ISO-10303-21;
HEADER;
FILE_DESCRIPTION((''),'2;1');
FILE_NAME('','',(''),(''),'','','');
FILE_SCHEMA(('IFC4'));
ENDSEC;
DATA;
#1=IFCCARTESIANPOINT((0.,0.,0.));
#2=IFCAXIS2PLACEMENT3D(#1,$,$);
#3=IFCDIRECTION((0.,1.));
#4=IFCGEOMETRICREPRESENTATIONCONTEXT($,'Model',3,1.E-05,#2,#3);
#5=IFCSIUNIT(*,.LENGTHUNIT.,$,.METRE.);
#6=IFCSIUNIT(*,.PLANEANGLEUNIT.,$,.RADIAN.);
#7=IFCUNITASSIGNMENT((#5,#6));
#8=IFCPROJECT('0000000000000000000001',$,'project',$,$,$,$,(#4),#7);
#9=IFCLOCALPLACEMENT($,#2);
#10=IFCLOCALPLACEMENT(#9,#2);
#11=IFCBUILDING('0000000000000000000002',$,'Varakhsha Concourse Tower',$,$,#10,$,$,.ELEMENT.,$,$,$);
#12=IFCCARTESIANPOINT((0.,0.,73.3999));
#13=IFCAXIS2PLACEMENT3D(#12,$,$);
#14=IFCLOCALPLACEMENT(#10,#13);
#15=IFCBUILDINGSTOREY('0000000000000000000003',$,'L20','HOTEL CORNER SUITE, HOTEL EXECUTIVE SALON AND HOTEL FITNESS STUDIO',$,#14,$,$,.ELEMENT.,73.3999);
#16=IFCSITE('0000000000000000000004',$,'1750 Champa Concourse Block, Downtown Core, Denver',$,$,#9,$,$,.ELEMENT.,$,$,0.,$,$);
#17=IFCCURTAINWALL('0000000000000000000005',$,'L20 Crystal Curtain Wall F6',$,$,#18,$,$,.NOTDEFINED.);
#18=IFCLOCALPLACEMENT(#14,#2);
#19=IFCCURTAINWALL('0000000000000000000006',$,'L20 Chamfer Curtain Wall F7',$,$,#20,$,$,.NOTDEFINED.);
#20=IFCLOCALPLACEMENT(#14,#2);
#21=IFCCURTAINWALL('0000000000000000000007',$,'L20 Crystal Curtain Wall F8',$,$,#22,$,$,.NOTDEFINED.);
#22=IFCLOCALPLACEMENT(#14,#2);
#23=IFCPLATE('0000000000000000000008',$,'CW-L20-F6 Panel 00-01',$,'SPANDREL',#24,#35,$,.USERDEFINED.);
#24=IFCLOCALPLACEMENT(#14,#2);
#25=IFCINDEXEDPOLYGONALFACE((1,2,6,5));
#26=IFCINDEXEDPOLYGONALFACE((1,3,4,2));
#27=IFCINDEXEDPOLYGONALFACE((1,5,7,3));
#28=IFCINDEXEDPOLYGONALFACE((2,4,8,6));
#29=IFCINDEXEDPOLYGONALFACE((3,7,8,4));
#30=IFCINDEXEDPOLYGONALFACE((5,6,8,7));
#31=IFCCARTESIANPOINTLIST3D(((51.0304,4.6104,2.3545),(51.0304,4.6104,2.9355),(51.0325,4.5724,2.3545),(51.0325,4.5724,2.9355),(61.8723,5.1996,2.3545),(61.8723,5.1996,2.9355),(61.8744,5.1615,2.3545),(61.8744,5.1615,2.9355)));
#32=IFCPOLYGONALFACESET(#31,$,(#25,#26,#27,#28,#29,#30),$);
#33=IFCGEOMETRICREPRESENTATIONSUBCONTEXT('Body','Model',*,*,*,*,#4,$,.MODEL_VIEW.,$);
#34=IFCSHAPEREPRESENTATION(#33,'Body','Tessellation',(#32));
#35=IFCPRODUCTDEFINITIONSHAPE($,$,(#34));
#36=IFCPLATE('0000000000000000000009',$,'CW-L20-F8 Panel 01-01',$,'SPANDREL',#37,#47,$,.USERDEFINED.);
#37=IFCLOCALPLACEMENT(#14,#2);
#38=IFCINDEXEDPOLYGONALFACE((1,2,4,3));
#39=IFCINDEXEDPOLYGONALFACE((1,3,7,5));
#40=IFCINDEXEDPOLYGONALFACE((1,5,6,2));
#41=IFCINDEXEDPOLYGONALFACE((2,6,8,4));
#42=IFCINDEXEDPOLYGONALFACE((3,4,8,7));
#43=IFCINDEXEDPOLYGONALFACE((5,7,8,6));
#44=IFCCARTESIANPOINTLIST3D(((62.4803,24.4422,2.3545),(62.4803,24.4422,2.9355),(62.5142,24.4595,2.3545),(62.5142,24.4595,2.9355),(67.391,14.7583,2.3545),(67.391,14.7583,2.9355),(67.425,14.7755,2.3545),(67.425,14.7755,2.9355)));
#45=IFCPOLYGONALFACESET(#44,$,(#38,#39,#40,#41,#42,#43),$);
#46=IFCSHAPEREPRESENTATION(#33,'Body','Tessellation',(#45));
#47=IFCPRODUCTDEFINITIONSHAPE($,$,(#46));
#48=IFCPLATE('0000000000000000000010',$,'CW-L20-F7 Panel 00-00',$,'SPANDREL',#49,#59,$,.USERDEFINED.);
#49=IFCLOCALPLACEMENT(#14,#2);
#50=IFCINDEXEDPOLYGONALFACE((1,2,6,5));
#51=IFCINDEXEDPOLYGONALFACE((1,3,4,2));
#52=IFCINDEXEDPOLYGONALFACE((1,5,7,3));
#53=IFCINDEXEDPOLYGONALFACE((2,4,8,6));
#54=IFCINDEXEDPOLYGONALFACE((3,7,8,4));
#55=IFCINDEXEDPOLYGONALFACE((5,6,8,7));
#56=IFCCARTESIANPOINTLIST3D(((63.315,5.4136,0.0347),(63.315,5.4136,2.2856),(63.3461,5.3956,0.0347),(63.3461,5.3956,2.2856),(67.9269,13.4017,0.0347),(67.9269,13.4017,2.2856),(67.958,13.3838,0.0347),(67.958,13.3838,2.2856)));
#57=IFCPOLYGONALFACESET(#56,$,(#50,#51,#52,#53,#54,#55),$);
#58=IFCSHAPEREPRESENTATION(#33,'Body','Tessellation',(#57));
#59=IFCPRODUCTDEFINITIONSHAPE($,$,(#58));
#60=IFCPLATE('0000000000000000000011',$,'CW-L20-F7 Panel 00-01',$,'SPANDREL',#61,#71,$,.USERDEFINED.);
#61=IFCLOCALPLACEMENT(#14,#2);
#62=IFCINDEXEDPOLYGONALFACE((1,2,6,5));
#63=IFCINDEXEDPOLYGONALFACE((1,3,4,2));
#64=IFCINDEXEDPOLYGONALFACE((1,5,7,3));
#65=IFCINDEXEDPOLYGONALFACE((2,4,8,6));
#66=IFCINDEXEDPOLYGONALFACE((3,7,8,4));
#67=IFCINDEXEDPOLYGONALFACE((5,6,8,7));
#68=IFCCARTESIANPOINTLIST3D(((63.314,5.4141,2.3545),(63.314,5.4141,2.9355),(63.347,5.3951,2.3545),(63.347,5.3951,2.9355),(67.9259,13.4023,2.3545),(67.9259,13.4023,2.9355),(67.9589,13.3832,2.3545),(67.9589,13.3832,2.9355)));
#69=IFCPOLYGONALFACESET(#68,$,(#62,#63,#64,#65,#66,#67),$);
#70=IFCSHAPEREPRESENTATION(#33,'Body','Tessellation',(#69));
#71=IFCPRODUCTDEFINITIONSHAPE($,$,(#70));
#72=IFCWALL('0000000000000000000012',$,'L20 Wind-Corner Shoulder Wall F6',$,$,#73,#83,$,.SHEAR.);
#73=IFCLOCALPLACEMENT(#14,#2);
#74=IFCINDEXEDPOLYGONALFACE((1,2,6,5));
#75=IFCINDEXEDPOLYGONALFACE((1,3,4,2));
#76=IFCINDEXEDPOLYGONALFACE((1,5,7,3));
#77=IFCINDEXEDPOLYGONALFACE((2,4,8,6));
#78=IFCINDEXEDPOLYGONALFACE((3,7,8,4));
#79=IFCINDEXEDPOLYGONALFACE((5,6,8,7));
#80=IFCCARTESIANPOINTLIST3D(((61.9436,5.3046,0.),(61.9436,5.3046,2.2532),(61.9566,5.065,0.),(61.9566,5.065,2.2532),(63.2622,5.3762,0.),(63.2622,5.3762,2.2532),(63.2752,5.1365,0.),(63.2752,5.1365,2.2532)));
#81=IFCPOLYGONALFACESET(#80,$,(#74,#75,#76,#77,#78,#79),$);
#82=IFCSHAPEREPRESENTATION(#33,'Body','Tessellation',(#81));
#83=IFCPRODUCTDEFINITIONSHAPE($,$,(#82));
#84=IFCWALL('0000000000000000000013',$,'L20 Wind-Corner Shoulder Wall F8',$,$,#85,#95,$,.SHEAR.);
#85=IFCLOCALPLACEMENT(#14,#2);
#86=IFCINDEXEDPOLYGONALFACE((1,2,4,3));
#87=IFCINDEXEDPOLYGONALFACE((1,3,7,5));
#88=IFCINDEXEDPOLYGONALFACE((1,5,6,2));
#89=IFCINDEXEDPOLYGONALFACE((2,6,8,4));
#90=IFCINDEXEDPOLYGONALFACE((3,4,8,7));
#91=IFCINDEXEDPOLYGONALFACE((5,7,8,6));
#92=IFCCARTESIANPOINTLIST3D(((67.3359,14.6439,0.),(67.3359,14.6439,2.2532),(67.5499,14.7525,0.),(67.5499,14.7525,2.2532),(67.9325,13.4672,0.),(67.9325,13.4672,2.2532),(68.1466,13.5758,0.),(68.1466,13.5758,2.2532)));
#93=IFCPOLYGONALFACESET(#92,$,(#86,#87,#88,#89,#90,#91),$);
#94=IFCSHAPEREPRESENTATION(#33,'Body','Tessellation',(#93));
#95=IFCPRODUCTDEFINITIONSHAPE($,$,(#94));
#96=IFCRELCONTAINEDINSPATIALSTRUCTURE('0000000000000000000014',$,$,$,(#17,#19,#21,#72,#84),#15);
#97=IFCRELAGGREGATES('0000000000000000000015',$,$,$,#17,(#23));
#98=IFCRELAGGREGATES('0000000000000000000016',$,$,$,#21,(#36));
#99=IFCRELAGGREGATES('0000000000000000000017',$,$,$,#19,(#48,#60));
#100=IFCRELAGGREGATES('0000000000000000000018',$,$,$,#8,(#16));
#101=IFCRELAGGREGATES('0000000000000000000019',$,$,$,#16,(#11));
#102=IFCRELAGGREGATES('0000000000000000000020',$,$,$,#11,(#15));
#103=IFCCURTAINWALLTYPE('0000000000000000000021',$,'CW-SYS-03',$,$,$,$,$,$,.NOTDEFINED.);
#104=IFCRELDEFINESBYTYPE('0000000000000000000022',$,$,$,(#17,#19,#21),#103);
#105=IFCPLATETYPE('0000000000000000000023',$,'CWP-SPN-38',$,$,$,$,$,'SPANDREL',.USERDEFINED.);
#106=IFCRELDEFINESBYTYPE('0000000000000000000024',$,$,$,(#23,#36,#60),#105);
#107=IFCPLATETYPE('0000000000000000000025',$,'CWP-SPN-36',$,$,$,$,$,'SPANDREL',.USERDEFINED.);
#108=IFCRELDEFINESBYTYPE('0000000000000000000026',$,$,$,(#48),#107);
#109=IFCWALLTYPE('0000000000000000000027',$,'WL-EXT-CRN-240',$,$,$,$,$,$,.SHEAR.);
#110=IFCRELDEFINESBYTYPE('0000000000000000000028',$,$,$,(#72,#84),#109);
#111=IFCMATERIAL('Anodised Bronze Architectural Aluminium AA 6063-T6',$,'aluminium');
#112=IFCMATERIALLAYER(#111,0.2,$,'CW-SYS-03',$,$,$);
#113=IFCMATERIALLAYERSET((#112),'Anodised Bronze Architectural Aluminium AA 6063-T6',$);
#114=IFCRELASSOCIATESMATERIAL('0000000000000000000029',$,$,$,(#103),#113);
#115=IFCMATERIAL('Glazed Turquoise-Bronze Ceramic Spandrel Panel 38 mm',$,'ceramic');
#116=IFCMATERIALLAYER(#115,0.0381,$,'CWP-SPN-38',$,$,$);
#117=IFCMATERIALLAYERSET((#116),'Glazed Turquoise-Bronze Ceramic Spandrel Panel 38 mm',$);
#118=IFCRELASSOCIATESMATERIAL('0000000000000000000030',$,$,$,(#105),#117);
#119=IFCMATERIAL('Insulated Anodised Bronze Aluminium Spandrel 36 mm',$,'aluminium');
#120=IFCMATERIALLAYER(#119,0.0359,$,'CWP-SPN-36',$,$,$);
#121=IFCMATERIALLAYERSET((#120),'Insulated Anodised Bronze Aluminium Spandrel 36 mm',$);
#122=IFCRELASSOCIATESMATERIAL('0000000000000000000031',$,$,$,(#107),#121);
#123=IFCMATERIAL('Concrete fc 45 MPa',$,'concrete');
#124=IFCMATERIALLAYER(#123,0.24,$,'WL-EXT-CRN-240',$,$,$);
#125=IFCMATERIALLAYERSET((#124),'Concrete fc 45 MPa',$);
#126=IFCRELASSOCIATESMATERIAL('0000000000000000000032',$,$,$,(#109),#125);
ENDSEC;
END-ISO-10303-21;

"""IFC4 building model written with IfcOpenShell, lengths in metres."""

from ifc_helpers import new_model, si_unit, direction, frame, frame_2d, origin, origin_2d, place, context, subcontext, project, spatial, rectangle, extrude, source, transform, mapped, material, layer, layer_set, type_object, type_shapes, element, aggregate, save


model = new_model("IFC4")

# Units and contexts
model_context = context("Model", 3, precision=1e-05, world=origin(), true_north=direction((0.0, 1.0)))
body_context = subcontext(model_context, "Body", "Model", "MODEL_VIEW")
ifc_project = project(units=[si_unit("LENGTHUNIT", "METRE"), si_unit("PLANEANGLEUNIT", "RADIAN")], contexts=[model_context])

# Site, building, storey
site_placement = place(None, origin())
site = spatial("IfcSite", under=ifc_project, at=site_placement, Name="1750 Champa Concourse Block, Downtown Core, Denver", CompositionType="ELEMENT", RefElevation=0.0)
building_placement = place(site_placement, origin())
building = spatial("IfcBuilding", under=site, at=building_placement, Name="Varakhsha Concourse Tower", CompositionType="ELEMENT")
storey_placement = place(building_placement, frame((0.0, 0.0, 73.3999)))
storey = spatial("IfcBuildingStorey", under=building, at=storey_placement, Name="L20", Description="HOTEL CORNER SUITE, HOTEL EXECUTIVE SALON AND HOTEL FITNESS STUDIO", CompositionType="ELEMENT", Elevation=73.3999)

# Curtain wall
ifc_material_1 = material(Name="Anodised Bronze Architectural Aluminium AA 6063-T6", Category="aluminium")
ifc_layer_1 = layer(ifc_material_1, 0.2, Name="CW-SYS-03")
ifc_layer_set_1 = layer_set([ifc_layer_1], Name="Anodised Bronze Architectural Aluminium AA 6063-T6")
curtain_wall_type = type_object("IfcCurtainWallType", Name="CW-SYS-03", PredefinedType="NOTDEFINED", material=ifc_layer_set_1)
curtain_wall_1_placement = place(storey_placement, origin())
curtain_wall_1 = element("IfcCurtainWall", 1, at=curtain_wall_1_placement, inside=storey, type_object=curtain_wall_type, Name="L20 Crystal Curtain Wall F6", PredefinedType="NOTDEFINED")

# Curtain walls
curtain_wall_2_placement = place(storey_placement, origin())
curtain_wall_2 = element("IfcCurtainWall", 2, at=curtain_wall_2_placement, inside=storey, type_object=curtain_wall_type, Name="L20 Chamfer Curtain Wall F7", PredefinedType="NOTDEFINED")
curtain_wall_3_placement = place(storey_placement, origin())
curtain_wall_3 = element("IfcCurtainWall", 3, at=curtain_wall_3_placement, inside=storey, type_object=curtain_wall_type, Name="L20 Crystal Curtain Wall F8", PredefinedType="NOTDEFINED")

# Plates
ifc_material_2 = material(Name="Glazed Turquoise-Bronze Ceramic Spandrel Panel 38 mm", Category="ceramic")
ifc_layer_2 = layer(ifc_material_2, 0.0381, Name="CWP-SPN-38")
ifc_layer_set_2 = layer_set([ifc_layer_2], Name="Glazed Turquoise-Bronze Ceramic Spandrel Panel 38 mm")
plate_type_1 = type_object("IfcPlateType", Name="CWP-SPN-38", ElementType="SPANDREL", PredefinedType="USERDEFINED", material=ifc_layer_set_2)
shared_shape_1 = source(origin(), body_context, "Body", "SweptSolid", [
    extrude(rectangle(XDim=10.8579, YDim=0.0381, at=origin_2d()), origin(), (0.0, 0.0, 1.0), 0.5811),
])
plate_1_placement = place(storey_placement, frame((56.4524, 4.886, 2.3545), z_axis=(0.0, 0.0, 1.0), x_axis=(-0.998527, -0.054257, 0.0)))
plate_1 = element("IfcPlate", 4, at=plate_1_placement, type_object=plate_type_1, Name="CW-L20-F6 Panel 00-01", ObjectType="SPANDREL", PredefinedType="USERDEFINED", context=body_context, shape_type="MappedRepresentation", body=[
    mapped(shared_shape_1, transform((0.0, 0.0, 0.0), scale=1.0)),
])
aggregate(curtain_wall_1, [plate_1])
plate_2_placement = place(storey_placement, frame((64.9526, 19.6089, 2.3545), z_axis=(0.0, 0.0, 1.0), x_axis=(0.452274, -0.891879, 0.0)))
plate_2 = element("IfcPlate", 5, at=plate_2_placement, type_object=plate_type_1, Name="CW-L20-F8 Panel 01-01", ObjectType="SPANDREL", PredefinedType="USERDEFINED", context=body_context, shape_type="MappedRepresentation", body=[
    mapped(shared_shape_1, transform((0.0, 0.0, 0.0), scale=1.0)),
])
aggregate(curtain_wall_3, [plate_2])
ifc_material_3 = material(Name="Insulated Anodised Bronze Aluminium Spandrel 36 mm", Category="aluminium")
ifc_layer_3 = layer(ifc_material_3, 0.0359, Name="CWP-SPN-36")
ifc_layer_set_3 = layer_set([ifc_layer_3], Name="Insulated Anodised Bronze Aluminium Spandrel 36 mm")
plate_type_2 = type_object("IfcPlateType", Name="CWP-SPN-36", ElementType="SPANDREL", PredefinedType="USERDEFINED", material=ifc_layer_set_3)
shared_shape_2 = source(origin(), body_context, "Body", "SweptSolid", [
    extrude(rectangle(XDim=9.2239, YDim=0.0359, at=origin_2d()), origin(), (0.0, 0.0, 1.0), 2.251),
])
type_shapes(plate_type_2, [shared_shape_2])
plate_3_placement = place(storey_placement, frame((65.6365, 9.3987, 0.0347), z_axis=(0.0, 0.0, 1.0), x_axis=(-0.499994, -0.866029, 0.0)))
plate_3 = element("IfcPlate", 6, at=plate_3_placement, type_object=plate_type_2, Name="CW-L20-F7 Panel 00-00", ObjectType="SPANDREL", PredefinedType="USERDEFINED", context=body_context, shape_type="MappedRepresentation", body=[
    mapped(shared_shape_2, transform((0.0, 0.0, 0.0), scale=1.0)),
])
shared_shape_3 = source(origin(), body_context, "Body", "SweptSolid", [
    extrude(rectangle(XDim=9.2239, YDim=0.0381, at=origin_2d()), origin(), (0.0, 0.0, 1.0), 0.5811),
])
type_shapes(plate_type_1, [shared_shape_1, shared_shape_3])
plate_4_placement = place(storey_placement, frame((65.6365, 9.3987, 2.3545), z_axis=(0.0, 0.0, 1.0), x_axis=(-0.499994, -0.866029, 0.0)))
plate_4 = element("IfcPlate", 7, at=plate_4_placement, type_object=plate_type_1, Name="CW-L20-F7 Panel 00-01", ObjectType="SPANDREL", PredefinedType="USERDEFINED", context=body_context, shape_type="MappedRepresentation", body=[
    mapped(shared_shape_3, transform((0.0, 0.0, 0.0), scale=1.0)),
])
aggregate(curtain_wall_2, [plate_3, plate_4])

# Walls
ifc_material_4 = material(Name="Concrete fc 45 MPa", Category="concrete")
ifc_layer_4 = layer(ifc_material_4, 0.24, Name="WL-EXT-CRN-240")
ifc_layer_set_4 = layer_set([ifc_layer_4], Name="Concrete fc 45 MPa")
wall_type = type_object("IfcWallType", Name="WL-EXT-CRN-240", PredefinedType="SHEAR", material=ifc_layer_set_4)
wall_1_placement = place(storey_placement, frame((61.9502, 5.1848, 0.0), z_axis=(0.0, 0.0, 1.0), x_axis=(0.998532, 0.05417, 0.0)))
element("IfcWall", 8, at=wall_1_placement, inside=storey, type_object=wall_type, Name="L20 Wind-Corner Shoulder Wall F6", PredefinedType="SHEAR", context=body_context, shape_type="SweptSolid", body=[
    extrude(rectangle(XDim=1.3206, YDim=0.24, at=frame_2d((0.6602, 0.0))), origin(), (0.0, 0.0, 1.0), 2.2532),
])
wall_2_placement = place(storey_placement, frame((68.0396, 13.5215, 0.0), z_axis=(0.0, 0.0, 1.0), x_axis=(-0.45224, 0.891896, 0.0)))
element("IfcWall", 9, at=wall_2_placement, inside=storey, type_object=wall_type, Name="L20 Wind-Corner Shoulder Wall F8", PredefinedType="SHEAR", context=body_context, shape_type="SweptSolid", body=[
    extrude(rectangle(XDim=1.3193, YDim=0.24, at=frame_2d((0.6597, 0.0))), origin(), (0.0, 0.0, 1.0), 2.2532),
])

save(model, "model.ifc")
